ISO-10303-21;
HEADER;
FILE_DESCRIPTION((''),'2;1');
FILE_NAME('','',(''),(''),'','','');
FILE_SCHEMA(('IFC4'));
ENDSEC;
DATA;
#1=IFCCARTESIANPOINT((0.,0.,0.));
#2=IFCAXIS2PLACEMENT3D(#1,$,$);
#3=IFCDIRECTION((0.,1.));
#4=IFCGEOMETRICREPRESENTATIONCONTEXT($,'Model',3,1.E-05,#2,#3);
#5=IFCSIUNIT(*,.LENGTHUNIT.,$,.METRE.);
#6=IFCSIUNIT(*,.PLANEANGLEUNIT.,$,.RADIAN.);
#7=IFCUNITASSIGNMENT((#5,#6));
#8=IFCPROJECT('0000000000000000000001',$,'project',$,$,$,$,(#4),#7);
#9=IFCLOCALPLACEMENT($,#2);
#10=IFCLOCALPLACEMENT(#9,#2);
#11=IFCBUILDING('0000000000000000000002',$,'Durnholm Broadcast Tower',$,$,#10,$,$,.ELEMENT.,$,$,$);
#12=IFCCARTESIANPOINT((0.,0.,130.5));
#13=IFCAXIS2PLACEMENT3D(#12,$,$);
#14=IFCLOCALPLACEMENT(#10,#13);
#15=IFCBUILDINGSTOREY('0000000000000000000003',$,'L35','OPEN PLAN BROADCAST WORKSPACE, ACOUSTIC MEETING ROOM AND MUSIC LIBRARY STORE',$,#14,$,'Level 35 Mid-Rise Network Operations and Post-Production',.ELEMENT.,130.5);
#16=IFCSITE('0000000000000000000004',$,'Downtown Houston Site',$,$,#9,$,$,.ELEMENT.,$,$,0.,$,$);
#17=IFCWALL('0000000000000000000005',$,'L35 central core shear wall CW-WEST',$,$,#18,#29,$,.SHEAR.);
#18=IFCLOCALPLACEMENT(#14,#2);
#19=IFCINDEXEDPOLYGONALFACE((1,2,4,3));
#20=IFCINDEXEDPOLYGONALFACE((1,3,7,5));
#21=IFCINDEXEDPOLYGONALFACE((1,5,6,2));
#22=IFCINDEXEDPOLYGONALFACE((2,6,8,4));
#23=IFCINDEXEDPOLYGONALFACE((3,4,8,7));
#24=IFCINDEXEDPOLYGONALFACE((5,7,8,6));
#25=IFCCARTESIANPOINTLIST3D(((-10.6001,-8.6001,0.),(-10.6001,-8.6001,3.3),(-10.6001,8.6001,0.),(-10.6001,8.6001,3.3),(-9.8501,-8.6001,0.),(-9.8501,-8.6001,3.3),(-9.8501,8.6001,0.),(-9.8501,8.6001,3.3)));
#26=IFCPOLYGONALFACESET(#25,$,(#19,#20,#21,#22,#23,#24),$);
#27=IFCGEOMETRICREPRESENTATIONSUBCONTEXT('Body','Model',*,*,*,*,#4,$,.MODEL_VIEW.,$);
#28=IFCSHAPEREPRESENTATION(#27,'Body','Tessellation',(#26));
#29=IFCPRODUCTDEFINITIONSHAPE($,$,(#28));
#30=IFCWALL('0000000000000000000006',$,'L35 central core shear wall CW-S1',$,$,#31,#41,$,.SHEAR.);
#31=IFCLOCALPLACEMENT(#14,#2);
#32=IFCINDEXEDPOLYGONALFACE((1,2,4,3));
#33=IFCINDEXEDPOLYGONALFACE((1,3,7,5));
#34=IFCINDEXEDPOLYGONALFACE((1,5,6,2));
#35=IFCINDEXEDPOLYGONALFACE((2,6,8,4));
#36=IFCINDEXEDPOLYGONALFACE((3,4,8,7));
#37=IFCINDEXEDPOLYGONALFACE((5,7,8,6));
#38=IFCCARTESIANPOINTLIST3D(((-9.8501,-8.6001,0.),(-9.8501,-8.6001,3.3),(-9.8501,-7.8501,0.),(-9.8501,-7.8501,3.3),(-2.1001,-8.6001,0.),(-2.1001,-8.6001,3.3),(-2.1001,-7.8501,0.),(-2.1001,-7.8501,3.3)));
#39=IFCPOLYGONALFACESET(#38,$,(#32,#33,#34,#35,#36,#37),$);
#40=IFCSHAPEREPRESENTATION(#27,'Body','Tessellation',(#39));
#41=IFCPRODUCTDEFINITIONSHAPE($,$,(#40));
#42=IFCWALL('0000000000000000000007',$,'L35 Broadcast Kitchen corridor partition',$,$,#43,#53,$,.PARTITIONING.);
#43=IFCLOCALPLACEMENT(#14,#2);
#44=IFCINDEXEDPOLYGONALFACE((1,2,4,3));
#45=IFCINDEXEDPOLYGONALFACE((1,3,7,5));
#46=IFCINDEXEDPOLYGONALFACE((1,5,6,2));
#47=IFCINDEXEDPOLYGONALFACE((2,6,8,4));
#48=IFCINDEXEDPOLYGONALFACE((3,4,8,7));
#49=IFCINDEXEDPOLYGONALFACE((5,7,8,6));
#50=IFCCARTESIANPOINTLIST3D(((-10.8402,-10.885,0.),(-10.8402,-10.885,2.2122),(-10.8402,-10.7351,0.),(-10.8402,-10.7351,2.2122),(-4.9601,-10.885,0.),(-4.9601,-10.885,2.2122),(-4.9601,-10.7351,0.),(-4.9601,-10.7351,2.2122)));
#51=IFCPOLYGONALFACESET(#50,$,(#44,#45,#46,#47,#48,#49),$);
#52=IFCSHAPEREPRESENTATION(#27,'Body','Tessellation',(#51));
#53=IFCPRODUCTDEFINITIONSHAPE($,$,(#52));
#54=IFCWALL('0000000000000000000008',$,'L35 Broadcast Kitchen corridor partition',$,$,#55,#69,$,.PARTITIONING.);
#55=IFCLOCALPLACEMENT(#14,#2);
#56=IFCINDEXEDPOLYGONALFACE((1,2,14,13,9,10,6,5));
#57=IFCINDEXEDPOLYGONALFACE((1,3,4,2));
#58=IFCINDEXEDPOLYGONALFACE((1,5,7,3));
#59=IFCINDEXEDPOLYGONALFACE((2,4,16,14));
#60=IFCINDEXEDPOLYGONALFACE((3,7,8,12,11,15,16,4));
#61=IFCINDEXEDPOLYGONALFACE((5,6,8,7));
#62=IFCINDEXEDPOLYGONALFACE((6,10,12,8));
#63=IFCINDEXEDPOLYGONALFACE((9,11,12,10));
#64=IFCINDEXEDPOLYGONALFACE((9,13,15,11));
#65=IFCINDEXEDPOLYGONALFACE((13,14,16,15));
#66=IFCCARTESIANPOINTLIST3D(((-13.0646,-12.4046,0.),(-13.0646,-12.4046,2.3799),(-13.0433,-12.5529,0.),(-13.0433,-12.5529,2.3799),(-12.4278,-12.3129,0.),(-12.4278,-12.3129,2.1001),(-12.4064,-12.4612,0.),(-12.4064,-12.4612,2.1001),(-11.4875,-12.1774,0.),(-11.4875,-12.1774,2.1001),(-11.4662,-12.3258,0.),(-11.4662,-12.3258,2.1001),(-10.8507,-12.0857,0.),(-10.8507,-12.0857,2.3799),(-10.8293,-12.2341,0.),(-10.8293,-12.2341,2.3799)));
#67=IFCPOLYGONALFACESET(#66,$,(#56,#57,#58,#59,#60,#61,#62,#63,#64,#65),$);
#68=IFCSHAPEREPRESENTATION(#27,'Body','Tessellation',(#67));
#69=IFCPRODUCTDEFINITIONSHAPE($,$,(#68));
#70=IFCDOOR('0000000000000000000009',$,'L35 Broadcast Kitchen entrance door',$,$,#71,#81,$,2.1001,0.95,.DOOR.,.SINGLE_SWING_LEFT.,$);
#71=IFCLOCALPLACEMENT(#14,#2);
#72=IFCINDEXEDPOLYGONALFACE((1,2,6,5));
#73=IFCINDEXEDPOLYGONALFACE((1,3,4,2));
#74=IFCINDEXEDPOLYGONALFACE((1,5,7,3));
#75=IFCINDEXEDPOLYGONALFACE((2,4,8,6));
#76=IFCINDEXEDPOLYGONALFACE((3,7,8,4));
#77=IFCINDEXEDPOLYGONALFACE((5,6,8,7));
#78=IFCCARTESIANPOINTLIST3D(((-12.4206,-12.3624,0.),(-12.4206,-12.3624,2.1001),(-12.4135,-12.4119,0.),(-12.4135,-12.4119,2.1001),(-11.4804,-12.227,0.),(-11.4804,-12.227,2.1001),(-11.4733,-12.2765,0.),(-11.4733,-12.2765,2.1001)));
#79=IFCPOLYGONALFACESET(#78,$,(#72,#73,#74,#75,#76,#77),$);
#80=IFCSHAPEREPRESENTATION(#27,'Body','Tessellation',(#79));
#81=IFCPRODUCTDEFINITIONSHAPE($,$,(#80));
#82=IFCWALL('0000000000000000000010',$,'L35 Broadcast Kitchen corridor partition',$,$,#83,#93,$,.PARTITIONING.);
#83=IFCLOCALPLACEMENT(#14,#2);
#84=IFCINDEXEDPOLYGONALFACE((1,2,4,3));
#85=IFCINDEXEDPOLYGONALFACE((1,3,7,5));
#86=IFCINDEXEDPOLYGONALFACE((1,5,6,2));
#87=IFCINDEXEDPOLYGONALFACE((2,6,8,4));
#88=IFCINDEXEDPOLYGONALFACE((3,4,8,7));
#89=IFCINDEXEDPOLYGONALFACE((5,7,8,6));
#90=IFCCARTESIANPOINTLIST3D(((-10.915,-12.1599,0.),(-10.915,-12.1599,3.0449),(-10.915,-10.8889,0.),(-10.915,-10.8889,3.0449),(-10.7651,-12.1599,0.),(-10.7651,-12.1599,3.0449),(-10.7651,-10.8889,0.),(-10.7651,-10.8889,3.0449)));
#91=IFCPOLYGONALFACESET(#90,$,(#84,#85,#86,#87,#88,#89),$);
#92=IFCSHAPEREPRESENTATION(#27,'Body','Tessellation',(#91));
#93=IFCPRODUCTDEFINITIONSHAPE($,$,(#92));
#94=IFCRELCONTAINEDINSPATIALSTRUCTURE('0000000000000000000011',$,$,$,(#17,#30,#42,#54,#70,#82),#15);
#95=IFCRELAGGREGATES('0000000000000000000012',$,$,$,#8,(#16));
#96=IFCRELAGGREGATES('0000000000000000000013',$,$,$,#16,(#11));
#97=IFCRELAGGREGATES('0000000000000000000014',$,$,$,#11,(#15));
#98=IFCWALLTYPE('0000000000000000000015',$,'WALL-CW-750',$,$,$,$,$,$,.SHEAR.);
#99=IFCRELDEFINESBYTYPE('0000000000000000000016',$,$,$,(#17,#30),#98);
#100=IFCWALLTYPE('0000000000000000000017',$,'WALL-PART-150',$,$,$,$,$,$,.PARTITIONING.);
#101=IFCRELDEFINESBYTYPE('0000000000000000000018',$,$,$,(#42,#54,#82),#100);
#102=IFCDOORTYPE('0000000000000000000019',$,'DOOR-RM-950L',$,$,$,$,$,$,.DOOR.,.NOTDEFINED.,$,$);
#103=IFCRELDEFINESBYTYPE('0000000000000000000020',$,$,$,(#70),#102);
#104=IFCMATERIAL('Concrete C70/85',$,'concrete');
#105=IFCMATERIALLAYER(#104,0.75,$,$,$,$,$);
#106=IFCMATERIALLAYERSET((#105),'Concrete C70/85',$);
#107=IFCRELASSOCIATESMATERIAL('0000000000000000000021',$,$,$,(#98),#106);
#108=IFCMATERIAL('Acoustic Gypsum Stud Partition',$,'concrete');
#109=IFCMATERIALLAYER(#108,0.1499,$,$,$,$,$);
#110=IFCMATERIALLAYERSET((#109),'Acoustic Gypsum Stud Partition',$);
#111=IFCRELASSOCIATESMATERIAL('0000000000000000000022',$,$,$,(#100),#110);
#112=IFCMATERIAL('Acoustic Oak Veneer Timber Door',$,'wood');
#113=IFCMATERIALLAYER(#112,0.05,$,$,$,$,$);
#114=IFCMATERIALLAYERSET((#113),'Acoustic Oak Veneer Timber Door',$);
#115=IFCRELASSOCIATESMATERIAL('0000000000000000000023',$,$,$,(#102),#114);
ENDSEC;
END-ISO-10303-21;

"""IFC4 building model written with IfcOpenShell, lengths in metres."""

from ifc_helpers import new_model, si_unit, direction, frame, frame_2d, origin, place, context, subcontext, project, spatial, rectangle, extrude, source, transform, mapped, material, layer, layer_set, type_object, type_shapes, element, fill, save


model = new_model("IFC4")

# Units and contexts
model_context = context("Model", 3, precision=1e-05, world=origin(), true_north=direction((0.0, 1.0)))
body_context = subcontext(model_context, "Body", "Model", "MODEL_VIEW")
ifc_project = project(units=[si_unit("LENGTHUNIT", "METRE"), si_unit("PLANEANGLEUNIT", "RADIAN")], contexts=[model_context])

# Site, building, storey
site_placement = place(None, origin())
site = spatial("IfcSite", under=ifc_project, at=site_placement, Name="Downtown Houston Site", CompositionType="ELEMENT", RefElevation=0.0)
building_placement = place(site_placement, origin())
building = spatial("IfcBuilding", under=site, at=building_placement, Name="Durnholm Broadcast Tower", CompositionType="ELEMENT")
storey_placement = place(building_placement, frame((0.0, 0.0, 130.5)))
storey = spatial("IfcBuildingStorey", under=building, at=storey_placement, Name="L35", Description="OPEN PLAN BROADCAST WORKSPACE, ACOUSTIC MEETING ROOM AND MUSIC LIBRARY STORE", LongName="Level 35 Mid-Rise Network Operations and Post-Production", CompositionType="ELEMENT", Elevation=130.5)

# Shared definitions
ifc_material_1 = material(Name="Concrete C70/85", Category="concrete")

# Walls
ifc_layer_1 = layer(ifc_material_1, 0.75)
ifc_layer_set_1 = layer_set([ifc_layer_1], Name="Concrete C70/85")
wall_type_1 = type_object("IfcWallType", Name="WALL-CW-750", PredefinedType="SHEAR", material=ifc_layer_set_1)
wall_1_placement = place(storey_placement, frame((-10.2251, -8.6001, 0.0), z_axis=(0.0, 0.0, 1.0), x_axis=(0.0, 1.0, 0.0)))
element("IfcWall", 1, at=wall_1_placement, inside=storey, type_object=wall_type_1, Name="L35 central core shear wall CW-WEST", PredefinedType="SHEAR", context=body_context, shape_type="SweptSolid", body=[
    extrude(rectangle(XDim=17.2002, YDim=0.75, at=frame_2d((8.6001, 0.0))), origin(), (0.0, 0.0, 1.0), 3.3),
])
wall_2_placement = place(storey_placement, frame((-9.8501, -8.2251, 0.0), z_axis=(0.0, 0.0, 1.0), x_axis=(1.0, 0.0, 0.0)))
element("IfcWall", 2, at=wall_2_placement, inside=storey, type_object=wall_type_1, Name="L35 central core shear wall CW-S1", PredefinedType="SHEAR", context=body_context, shape_type="SweptSolid", body=[
    extrude(rectangle(XDim=7.75, YDim=0.75, at=frame_2d((3.875, 0.0))), origin(), (0.0, 0.0, 1.0), 3.3),
])
ifc_material_2 = material(Name="Acoustic Gypsum Stud Partition", Category="concrete")
ifc_layer_2 = layer(ifc_material_2, 0.1499)
ifc_layer_set_2 = layer_set([ifc_layer_2], Name="Acoustic Gypsum Stud Partition")
wall_type_2 = type_object("IfcWallType", Name="WALL-PART-150", PredefinedType="PARTITIONING", material=ifc_layer_set_2)
wall_3_placement = place(storey_placement, frame((-10.8401, -10.8101, 0.0), z_axis=(0.0, 0.0, 1.0), x_axis=(1.0, 0.0, 0.0)))
element("IfcWall", 3, at=wall_3_placement, inside=storey, type_object=wall_type_2, Name="L35 Broadcast Kitchen corridor partition", PredefinedType="PARTITIONING", context=body_context, shape_type="SweptSolid", body=[
    extrude(rectangle(XDim=5.8801, YDim=0.1499, at=frame_2d((2.9399, 0.0))), origin(), (0.0, 0.0, 1.0), 2.2122),
])

# Wall, opening, door
wall_4_placement = place(storey_placement, frame((-13.054, -12.4788, 0.0), z_axis=(0.0, 0.0, 1.0), x_axis=(0.989787, 0.142552, 0.0)))
wall_4 = element("IfcWall", 4, at=wall_4_placement, inside=storey, type_object=wall_type_2, Name="L35 Broadcast Kitchen corridor partition", PredefinedType="PARTITIONING", context=body_context, shape_type="SweptSolid", body=[
    extrude(rectangle(XDim=2.2368, YDim=0.1499, at=frame_2d((1.1184, 0.0))), origin(), (0.0, 0.0, 1.0), 2.3799),
])
opening_placement = place(wall_4_placement, frame((0.6433, 0.0, 0.0)))
opening = element("IfcOpeningElement", 5, at=opening_placement, cuts=wall_4, PredefinedType="OPENING", context=body_context, shape_type="SweptSolid", body=[
    extrude(rectangle(XDim=0.95, YDim=2.1001, at=frame_2d((0.4751, 1.05))), frame((0.0, 0.085, 0.0), z_axis=(0.0, -1.0, 0.0), x_axis=(1.0, 0.0, 0.0)), (0.0, 0.0, 1.0), 0.1699),
])
ifc_material_3 = material(Name="Acoustic Oak Veneer Timber Door", Category="wood")
ifc_layer_3 = layer(ifc_material_3, 0.05)
ifc_layer_set_3 = layer_set([ifc_layer_3], Name="Acoustic Oak Veneer Timber Door")
door_type = type_object("IfcDoorType", Name="DOOR-RM-950L", OperationType="NOTDEFINED", PredefinedType="DOOR", material=ifc_layer_set_3)
shared_shape_1 = source(origin(), body_context, "Body", "SweptSolid", [
    extrude(rectangle(XDim=0.95, YDim=2.1001, at=frame_2d((0.4751, 1.05))), frame((0.0, 0.0249, 0.0), z_axis=(0.0, -1.0, 0.0), x_axis=(1.0, 0.0, 0.0)), (0.0, 0.0, 1.0), 0.05),
])
type_shapes(door_type, [shared_shape_1])
door_placement = place(opening_placement, origin())
door = element("IfcDoor", 6, at=door_placement, inside=storey, type_object=door_type, Name="L35 Broadcast Kitchen entrance door", OperationType="SINGLE_SWING_LEFT", OverallHeight=2.1001, OverallWidth=0.95, PredefinedType="DOOR", context=body_context, shape_type="MappedRepresentation", body=[
    mapped(shared_shape_1, transform((0.0, 0.0, 0.0), x_axis=(1.0, 0.0, 0.0), y_axis=(0.0, 1.0, 0.0), z_axis=(0.0, 0.0, 1.0), scale=1.0)),
])
fill(opening, door)

# Wall
wall_5_placement = place(storey_placement, frame((-10.8401, -12.1599, 0.0), z_axis=(0.0, 0.0, 1.0), x_axis=(0.0, 1.0, 0.0)))
element("IfcWall", 7, at=wall_5_placement, inside=storey, type_object=wall_type_2, Name="L35 Broadcast Kitchen corridor partition", PredefinedType="PARTITIONING", context=body_context, shape_type="SweptSolid", body=[
    extrude(rectangle(XDim=1.271, YDim=0.1499, at=frame_2d((0.6355, 0.0))), origin(), (0.0, 0.0, 1.0), 3.0449),
])

save(model, "model.ifc")
